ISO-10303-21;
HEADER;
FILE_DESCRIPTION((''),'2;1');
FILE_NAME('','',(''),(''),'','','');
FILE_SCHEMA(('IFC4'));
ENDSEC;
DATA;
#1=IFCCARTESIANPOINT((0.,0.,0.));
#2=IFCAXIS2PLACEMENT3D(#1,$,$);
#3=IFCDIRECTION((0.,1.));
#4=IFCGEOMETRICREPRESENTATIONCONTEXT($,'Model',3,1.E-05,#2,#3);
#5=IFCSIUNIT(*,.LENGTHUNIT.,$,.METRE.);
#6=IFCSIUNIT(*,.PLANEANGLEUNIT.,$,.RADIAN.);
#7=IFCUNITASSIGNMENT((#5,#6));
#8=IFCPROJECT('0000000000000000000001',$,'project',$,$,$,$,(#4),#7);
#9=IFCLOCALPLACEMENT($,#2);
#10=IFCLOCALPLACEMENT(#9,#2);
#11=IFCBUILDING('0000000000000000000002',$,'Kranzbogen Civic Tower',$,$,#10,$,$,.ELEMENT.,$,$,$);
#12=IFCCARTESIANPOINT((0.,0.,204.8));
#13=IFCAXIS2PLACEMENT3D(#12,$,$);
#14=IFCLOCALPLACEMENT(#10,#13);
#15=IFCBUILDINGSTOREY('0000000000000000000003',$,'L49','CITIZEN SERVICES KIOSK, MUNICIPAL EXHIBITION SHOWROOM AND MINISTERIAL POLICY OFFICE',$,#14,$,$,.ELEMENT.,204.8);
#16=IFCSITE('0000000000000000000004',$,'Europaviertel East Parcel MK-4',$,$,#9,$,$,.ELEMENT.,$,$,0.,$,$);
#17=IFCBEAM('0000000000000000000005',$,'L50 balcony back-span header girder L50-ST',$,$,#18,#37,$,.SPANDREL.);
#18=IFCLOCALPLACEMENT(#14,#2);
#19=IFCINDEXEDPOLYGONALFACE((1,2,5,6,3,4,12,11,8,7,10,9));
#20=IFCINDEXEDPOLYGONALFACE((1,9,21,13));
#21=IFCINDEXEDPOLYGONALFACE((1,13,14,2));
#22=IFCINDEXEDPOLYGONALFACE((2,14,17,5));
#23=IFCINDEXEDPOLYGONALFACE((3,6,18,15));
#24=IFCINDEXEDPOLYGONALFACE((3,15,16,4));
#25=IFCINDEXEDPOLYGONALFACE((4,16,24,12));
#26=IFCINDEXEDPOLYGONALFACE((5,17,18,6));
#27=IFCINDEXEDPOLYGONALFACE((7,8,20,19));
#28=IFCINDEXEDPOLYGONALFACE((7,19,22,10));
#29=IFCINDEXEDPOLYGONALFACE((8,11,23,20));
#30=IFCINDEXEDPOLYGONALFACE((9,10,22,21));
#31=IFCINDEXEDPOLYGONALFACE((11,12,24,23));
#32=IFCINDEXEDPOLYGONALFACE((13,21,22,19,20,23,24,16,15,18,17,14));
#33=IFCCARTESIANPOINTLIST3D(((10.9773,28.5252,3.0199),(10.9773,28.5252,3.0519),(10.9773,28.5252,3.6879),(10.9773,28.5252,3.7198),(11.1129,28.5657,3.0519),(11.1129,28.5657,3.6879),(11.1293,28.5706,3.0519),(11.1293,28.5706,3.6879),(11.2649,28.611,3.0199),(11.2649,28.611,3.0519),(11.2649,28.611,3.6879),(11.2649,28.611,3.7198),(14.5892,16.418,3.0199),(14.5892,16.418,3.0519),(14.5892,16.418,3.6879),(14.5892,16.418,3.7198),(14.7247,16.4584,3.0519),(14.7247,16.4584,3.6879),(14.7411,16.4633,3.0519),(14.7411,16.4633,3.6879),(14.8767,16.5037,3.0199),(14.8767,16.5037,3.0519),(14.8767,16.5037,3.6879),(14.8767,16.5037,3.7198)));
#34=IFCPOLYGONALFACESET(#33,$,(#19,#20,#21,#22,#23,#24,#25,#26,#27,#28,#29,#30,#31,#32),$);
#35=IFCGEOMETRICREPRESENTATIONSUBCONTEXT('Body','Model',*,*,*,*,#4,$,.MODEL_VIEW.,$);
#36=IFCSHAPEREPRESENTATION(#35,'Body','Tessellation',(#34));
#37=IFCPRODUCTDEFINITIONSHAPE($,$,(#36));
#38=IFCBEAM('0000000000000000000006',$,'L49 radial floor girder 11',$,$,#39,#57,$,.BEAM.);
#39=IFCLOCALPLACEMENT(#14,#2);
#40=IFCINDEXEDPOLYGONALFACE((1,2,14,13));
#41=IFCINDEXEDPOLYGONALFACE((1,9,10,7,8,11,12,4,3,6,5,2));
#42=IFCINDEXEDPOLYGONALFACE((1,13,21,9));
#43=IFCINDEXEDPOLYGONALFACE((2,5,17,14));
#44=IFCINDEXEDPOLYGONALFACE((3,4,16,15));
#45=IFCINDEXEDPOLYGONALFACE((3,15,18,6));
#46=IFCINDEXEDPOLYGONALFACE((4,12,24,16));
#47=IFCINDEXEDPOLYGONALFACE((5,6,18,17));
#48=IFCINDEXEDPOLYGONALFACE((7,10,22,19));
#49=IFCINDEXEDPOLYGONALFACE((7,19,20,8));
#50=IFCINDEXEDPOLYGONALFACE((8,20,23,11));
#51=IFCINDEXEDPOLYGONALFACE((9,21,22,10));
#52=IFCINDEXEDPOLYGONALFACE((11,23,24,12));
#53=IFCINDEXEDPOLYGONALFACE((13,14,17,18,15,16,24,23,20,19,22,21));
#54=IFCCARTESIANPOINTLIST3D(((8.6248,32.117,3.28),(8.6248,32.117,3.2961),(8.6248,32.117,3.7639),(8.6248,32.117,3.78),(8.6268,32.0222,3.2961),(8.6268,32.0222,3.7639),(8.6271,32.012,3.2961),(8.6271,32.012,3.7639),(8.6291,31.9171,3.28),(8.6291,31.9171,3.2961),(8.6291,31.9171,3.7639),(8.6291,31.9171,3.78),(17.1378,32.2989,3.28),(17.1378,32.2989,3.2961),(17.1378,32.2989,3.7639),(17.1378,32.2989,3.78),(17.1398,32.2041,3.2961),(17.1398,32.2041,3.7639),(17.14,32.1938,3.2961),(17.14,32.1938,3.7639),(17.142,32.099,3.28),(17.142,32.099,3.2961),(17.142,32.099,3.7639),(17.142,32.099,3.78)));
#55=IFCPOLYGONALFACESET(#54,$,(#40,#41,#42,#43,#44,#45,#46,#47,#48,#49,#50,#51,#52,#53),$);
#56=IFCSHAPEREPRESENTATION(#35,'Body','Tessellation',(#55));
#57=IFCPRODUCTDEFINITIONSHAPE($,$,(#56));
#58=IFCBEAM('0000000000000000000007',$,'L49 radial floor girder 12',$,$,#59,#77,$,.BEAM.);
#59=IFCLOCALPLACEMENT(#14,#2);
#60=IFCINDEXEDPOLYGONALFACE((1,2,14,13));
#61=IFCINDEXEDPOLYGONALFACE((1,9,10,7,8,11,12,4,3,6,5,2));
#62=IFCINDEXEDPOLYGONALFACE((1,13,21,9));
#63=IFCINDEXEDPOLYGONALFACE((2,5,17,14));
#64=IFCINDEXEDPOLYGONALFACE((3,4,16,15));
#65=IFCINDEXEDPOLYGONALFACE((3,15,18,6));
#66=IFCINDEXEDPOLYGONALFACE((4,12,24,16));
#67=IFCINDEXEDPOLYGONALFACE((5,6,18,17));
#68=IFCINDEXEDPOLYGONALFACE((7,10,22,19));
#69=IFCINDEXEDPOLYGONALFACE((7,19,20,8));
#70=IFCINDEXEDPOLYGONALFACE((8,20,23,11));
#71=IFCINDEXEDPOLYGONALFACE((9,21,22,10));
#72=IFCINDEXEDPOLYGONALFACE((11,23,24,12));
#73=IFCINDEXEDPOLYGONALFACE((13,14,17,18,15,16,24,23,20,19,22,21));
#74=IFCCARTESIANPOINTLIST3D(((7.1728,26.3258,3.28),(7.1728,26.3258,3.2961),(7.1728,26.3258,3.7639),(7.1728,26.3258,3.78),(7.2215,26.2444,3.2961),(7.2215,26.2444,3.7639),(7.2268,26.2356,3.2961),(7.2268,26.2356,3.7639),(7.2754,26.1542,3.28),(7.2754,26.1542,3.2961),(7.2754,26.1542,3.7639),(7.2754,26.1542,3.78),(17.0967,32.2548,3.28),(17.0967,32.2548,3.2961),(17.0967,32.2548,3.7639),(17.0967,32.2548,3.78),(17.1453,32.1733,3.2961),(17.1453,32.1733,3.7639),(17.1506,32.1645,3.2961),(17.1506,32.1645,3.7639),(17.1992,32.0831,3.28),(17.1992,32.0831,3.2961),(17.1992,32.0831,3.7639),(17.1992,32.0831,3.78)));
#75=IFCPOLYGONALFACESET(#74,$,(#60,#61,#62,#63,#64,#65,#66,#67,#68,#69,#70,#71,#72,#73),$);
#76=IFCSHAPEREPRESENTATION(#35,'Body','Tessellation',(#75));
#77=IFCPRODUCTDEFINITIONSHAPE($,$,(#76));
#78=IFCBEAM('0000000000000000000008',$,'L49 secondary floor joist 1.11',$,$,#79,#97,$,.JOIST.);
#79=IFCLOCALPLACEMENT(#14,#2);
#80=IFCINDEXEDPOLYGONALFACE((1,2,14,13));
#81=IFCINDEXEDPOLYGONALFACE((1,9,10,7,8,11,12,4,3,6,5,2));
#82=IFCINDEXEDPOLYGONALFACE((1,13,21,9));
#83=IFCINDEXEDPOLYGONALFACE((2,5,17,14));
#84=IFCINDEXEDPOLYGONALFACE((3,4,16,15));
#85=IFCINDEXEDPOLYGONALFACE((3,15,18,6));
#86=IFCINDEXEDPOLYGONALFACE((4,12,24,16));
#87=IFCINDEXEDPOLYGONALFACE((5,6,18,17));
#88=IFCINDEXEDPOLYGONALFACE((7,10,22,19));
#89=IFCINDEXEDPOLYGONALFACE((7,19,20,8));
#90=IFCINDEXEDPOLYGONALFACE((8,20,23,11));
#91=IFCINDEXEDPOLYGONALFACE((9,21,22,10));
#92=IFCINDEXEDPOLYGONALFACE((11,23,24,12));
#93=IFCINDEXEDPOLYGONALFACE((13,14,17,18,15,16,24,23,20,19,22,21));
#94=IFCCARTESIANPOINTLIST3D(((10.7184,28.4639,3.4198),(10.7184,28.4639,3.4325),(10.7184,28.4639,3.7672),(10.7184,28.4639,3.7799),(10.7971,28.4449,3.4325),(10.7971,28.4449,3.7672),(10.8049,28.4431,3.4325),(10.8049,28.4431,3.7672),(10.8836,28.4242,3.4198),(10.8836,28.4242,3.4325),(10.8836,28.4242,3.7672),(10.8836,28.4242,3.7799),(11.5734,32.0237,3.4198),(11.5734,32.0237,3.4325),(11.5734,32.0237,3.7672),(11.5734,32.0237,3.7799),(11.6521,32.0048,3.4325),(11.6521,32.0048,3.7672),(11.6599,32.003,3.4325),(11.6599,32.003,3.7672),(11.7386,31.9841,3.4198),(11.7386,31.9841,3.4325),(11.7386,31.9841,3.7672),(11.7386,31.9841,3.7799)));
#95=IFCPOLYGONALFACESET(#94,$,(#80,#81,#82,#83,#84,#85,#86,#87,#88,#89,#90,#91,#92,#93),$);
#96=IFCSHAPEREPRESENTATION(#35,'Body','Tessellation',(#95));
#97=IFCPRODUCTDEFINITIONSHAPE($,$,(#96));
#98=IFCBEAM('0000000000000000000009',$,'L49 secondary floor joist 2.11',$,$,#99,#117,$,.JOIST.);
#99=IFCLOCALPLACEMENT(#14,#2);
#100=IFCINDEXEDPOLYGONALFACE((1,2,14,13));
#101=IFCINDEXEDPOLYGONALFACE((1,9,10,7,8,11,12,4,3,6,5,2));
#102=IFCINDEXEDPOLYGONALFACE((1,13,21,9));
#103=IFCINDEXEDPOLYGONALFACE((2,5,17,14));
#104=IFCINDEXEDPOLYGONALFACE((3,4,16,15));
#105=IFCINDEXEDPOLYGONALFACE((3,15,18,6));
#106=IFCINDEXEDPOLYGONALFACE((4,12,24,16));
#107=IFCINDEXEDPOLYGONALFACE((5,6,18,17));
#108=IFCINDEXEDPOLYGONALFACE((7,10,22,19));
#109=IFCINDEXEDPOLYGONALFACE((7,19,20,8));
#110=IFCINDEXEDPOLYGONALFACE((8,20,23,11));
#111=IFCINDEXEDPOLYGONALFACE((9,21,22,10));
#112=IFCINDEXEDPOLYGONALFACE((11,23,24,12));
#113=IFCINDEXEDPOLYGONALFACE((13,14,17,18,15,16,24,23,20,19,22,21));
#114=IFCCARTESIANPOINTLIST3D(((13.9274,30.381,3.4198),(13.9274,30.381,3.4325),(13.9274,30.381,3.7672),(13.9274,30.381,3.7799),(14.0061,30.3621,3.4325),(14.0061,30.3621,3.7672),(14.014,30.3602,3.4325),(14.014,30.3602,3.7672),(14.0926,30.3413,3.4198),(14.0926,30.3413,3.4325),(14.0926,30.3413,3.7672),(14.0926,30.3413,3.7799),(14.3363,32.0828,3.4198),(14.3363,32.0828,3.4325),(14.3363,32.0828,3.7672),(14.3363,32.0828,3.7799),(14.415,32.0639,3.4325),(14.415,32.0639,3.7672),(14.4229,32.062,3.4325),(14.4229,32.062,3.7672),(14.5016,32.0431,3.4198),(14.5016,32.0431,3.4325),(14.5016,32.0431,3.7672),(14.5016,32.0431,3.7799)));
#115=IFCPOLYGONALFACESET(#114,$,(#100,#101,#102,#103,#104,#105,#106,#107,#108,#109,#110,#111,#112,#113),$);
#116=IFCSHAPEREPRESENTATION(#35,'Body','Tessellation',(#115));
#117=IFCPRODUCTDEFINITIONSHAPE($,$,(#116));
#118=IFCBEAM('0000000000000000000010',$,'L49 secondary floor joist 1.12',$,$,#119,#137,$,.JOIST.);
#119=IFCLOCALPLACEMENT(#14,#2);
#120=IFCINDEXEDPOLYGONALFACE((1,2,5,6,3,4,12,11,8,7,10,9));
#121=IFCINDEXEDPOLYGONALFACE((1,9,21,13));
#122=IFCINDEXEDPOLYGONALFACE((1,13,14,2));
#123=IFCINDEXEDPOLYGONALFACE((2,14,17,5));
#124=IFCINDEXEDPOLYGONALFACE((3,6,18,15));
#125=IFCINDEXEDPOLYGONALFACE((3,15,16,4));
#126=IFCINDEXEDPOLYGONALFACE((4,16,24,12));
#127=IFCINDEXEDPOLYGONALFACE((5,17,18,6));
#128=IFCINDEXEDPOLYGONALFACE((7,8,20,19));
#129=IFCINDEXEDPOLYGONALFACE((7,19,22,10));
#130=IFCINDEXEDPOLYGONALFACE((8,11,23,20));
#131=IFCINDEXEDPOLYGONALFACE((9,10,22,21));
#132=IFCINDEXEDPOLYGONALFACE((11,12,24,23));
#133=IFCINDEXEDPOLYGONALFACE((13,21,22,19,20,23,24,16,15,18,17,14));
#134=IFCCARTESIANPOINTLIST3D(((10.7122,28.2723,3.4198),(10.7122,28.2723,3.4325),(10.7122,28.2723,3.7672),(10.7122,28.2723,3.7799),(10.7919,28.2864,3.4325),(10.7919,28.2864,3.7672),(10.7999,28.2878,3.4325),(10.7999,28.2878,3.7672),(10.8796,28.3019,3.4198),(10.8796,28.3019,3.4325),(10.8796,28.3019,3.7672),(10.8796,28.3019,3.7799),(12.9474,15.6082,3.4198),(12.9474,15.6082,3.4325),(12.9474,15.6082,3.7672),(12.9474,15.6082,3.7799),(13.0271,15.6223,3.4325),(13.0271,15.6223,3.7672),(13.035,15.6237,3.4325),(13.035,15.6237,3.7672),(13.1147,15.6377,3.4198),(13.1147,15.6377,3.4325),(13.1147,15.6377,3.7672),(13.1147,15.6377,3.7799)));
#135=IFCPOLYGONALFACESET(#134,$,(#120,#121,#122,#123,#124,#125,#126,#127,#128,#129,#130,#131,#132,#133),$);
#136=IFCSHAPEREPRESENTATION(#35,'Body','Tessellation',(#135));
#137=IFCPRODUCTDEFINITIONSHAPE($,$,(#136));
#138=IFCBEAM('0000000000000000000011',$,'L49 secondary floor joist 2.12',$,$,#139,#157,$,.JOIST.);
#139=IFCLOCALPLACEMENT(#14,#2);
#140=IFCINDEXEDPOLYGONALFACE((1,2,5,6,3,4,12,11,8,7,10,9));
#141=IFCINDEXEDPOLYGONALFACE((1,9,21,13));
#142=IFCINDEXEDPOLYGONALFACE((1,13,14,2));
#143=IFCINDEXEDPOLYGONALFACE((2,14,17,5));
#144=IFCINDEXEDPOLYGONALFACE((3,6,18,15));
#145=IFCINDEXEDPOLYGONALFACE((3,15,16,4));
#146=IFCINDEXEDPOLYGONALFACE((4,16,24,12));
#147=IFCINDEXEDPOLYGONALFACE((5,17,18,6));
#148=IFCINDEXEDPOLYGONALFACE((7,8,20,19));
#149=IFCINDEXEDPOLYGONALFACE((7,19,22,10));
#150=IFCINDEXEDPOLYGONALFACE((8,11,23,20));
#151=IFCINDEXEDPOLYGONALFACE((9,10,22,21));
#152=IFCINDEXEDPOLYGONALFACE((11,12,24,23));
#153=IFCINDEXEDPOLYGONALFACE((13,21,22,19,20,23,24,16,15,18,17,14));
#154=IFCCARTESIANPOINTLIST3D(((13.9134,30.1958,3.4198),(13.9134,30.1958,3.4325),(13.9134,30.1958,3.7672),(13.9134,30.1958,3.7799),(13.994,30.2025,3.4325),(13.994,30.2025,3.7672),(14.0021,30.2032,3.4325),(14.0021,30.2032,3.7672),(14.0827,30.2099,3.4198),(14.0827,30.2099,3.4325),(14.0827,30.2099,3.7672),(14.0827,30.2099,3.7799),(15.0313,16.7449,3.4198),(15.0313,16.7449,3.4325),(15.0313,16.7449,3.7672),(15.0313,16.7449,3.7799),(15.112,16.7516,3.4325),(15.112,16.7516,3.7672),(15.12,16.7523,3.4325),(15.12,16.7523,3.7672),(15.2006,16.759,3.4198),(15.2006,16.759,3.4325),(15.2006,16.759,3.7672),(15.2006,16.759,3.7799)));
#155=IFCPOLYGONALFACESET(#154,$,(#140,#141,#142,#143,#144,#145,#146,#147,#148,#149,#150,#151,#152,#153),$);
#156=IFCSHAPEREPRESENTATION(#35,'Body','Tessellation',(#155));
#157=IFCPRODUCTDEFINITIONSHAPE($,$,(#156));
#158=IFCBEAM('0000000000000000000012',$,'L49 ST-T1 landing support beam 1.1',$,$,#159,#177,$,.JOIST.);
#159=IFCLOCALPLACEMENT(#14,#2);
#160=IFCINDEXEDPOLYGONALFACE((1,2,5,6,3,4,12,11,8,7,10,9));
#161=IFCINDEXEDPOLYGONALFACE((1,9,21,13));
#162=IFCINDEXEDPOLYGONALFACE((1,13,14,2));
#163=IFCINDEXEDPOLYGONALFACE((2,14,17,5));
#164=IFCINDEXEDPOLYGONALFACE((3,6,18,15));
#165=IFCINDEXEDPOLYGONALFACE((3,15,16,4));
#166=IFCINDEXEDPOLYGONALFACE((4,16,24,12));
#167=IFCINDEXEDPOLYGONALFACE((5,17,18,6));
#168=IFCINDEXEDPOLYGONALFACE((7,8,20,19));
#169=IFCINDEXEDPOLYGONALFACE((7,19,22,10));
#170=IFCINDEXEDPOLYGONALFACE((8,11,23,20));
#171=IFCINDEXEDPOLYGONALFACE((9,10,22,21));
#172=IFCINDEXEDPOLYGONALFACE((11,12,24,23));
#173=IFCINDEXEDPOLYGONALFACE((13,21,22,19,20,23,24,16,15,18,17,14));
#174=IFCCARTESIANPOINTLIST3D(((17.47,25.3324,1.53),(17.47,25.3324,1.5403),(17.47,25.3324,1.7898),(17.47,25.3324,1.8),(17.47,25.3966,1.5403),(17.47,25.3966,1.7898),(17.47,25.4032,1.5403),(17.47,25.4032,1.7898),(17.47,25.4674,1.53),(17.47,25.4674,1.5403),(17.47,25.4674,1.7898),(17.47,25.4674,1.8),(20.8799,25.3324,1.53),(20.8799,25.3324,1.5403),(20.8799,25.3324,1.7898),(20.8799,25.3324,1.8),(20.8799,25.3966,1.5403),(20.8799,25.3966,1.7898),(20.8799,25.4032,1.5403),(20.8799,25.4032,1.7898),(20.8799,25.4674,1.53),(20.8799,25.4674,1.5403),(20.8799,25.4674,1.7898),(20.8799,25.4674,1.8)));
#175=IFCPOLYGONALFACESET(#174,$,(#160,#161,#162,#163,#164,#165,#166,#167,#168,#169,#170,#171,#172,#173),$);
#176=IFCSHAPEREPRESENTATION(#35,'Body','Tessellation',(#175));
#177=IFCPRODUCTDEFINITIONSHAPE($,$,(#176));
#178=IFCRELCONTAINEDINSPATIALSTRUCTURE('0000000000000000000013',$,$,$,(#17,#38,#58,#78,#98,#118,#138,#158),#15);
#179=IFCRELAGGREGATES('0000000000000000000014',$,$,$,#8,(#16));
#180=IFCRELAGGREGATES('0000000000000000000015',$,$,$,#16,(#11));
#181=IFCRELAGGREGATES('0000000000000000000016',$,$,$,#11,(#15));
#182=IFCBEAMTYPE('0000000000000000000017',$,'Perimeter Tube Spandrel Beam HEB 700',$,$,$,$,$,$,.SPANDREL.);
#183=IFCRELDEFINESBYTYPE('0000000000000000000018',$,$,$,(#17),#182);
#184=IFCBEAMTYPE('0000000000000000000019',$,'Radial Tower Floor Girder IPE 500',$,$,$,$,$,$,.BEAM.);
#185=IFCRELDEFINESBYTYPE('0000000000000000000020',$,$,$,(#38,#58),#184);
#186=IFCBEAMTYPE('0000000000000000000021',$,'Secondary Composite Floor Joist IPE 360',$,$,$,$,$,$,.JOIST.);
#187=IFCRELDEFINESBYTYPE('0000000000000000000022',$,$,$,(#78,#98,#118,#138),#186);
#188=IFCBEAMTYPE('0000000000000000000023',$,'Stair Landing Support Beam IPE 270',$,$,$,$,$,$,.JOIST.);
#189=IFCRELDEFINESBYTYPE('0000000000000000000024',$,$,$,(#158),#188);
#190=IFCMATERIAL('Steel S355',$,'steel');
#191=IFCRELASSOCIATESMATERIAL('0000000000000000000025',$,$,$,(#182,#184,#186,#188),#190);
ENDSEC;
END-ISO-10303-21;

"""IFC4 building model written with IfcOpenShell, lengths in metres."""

from ifc_helpers import new_model, si_unit, direction, frame, origin, origin_2d, place, context, subcontext, project, spatial, i_section, extrude, material, material_profile, profile_set, type_object, element, save


model = new_model("IFC4")

# Units and contexts
model_context = context("Model", 3, precision=1e-05, world=origin(), true_north=direction((0.0, 1.0)))
body_context = subcontext(model_context, "Body", "Model", "MODEL_VIEW")
ifc_project = project(units=[si_unit("LENGTHUNIT", "METRE"), si_unit("PLANEANGLEUNIT", "RADIAN")], contexts=[model_context])

# Site, building, storey
site_placement = place(None, origin())
site = spatial("IfcSite", under=ifc_project, at=site_placement, Name="Europaviertel East Parcel MK-4", CompositionType="ELEMENT", RefElevation=0.0)
building_placement = place(site_placement, origin())
building = spatial("IfcBuilding", under=site, at=building_placement, Name="Kranzbogen Civic Tower", CompositionType="ELEMENT")
storey_placement = place(building_placement, frame((0.0, 0.0, 204.8)))
storey = spatial("IfcBuildingStorey", under=building, at=storey_placement, Name="L49", Description="CITIZEN SERVICES KIOSK, MUNICIPAL EXHIBITION SHOWROOM AND MINISTERIAL POLICY OFFICE", CompositionType="ELEMENT", Elevation=204.8)

# Shared definitions
ifc_material_1 = material(Name="Steel S355", Category="steel")

# Beams
ifc_material_profile_1 = material_profile(ifc_material_1, i_section(OverallWidth=0.3, OverallDepth=0.7, WebThickness=0.0171, FlangeThickness=0.032, at=origin_2d()), Name="HEB 700")
ifc_profile_set_1 = profile_set([ifc_material_profile_1], Name="Steel S355")
beam_type_1 = type_object("IfcBeamType", Name="Perimeter Tube Spandrel Beam HEB 700", PredefinedType="SPANDREL", material=ifc_profile_set_1)
beam_1_placement = place(storey_placement, frame((11.1211, 28.5681, 3.3699), z_axis=(0.285871, -0.958268, 0.0), x_axis=(0.958268, 0.285871, 0.0)))
element("IfcBeam", 1, at=beam_1_placement, inside=storey, type_object=beam_type_1, Name="L50 balcony back-span header girder L50-ST", PredefinedType="SPANDREL", context=body_context, shape_type="SweptSolid", body=[
    extrude(i_section(OverallWidth=0.3, OverallDepth=0.7, WebThickness=0.0171, FlangeThickness=0.032, at=origin_2d()), origin(), (0.0, 0.0, 1.0), 12.6345),
])
ifc_material_profile_2 = material_profile(ifc_material_1, i_section(OverallWidth=0.2, OverallDepth=0.5, WebThickness=0.0103, FlangeThickness=0.0161, at=origin_2d()), Name="IPE 500")
ifc_profile_set_2 = profile_set([ifc_material_profile_2], Name="Steel S355")
beam_type_2 = type_object("IfcBeamType", Name="Radial Tower Floor Girder IPE 500", PredefinedType="BEAM", material=ifc_profile_set_2)
beam_2_placement = place(storey_placement, frame((8.627, 32.0171, 3.53), z_axis=(0.999772, 0.021361, 0.0), x_axis=(-0.021361, 0.999772, 0.0)))
element("IfcBeam", 2, at=beam_2_placement, inside=storey, type_object=beam_type_2, Name="L49 radial floor girder 11", PredefinedType="BEAM", context=body_context, shape_type="SweptSolid", body=[
    extrude(i_section(OverallWidth=0.2, OverallDepth=0.5, WebThickness=0.0103, FlangeThickness=0.0161, at=origin_2d()), origin(), (0.0, 0.0, 1.0), 8.5149),
])
beam_3_placement = place(storey_placement, frame((7.2241, 26.24, 3.53), z_axis=(0.858459, 0.512883, 0.0), x_axis=(-0.512883, 0.858459, 0.0)))
element("IfcBeam", 3, at=beam_3_placement, inside=storey, type_object=beam_type_2, Name="L49 radial floor girder 12", PredefinedType="BEAM", context=body_context, shape_type="SweptSolid", body=[
    extrude(i_section(OverallWidth=0.2, OverallDepth=0.5, WebThickness=0.0103, FlangeThickness=0.0161, at=origin_2d()), origin(), (0.0, 0.0, 1.0), 11.5601),
])
ifc_material_profile_3 = material_profile(ifc_material_1, i_section(OverallWidth=0.1699, OverallDepth=0.3601, WebThickness=0.0081, FlangeThickness=0.0127, at=origin_2d()), Name="IPE 360")
ifc_profile_set_3 = profile_set([ifc_material_profile_3], Name="Steel S355")
beam_type_3 = type_object("IfcBeamType", Name="Secondary Composite Floor Joist IPE 360", PredefinedType="JOIST", material=ifc_profile_set_3)
beam_4_placement = place(storey_placement, frame((11.656, 32.0039, 3.5999), z_axis=(-0.233534, -0.972349, 0.0), x_axis=(0.972349, -0.233534, 0.0)))
element("IfcBeam", 4, at=beam_4_placement, inside=storey, type_object=beam_type_3, Name="L49 secondary floor joist 1.11", PredefinedType="JOIST", context=body_context, shape_type="SweptSolid", body=[
    extrude(i_section(OverallWidth=0.1699, OverallDepth=0.3601, WebThickness=0.0081, FlangeThickness=0.0127, at=origin_2d()), origin(), (0.0, 0.0, 1.0), 3.6611),
])
beam_5_placement = place(storey_placement, frame((14.4189, 32.063, 3.5999), z_axis=(-0.233631, -0.972325, 0.0), x_axis=(0.972325, -0.233631, 0.0)))
element("IfcBeam", 5, at=beam_5_placement, inside=storey, type_object=beam_type_3, Name="L49 secondary floor joist 2.11", PredefinedType="JOIST", context=body_context, shape_type="SweptSolid", body=[
    extrude(i_section(OverallWidth=0.1699, OverallDepth=0.3601, WebThickness=0.0081, FlangeThickness=0.0127, at=origin_2d()), origin(), (0.0, 0.0, 1.0), 1.7502),
])
beam_6_placement = place(storey_placement, frame((10.7959, 28.2871, 3.5999), z_axis=(0.173806, -0.98478, 0.0), x_axis=(0.98478, 0.173806, 0.0)))
element("IfcBeam", 6, at=beam_6_placement, inside=storey, type_object=beam_type_3, Name="L49 secondary floor joist 1.12", PredefinedType="JOIST", context=body_context, shape_type="SweptSolid", body=[
    extrude(i_section(OverallWidth=0.1699, OverallDepth=0.3601, WebThickness=0.0081, FlangeThickness=0.0127, at=origin_2d()), origin(), (0.0, 0.0, 1.0), 12.8599),
])
beam_7_placement = place(storey_placement, frame((13.998, 30.2029, 3.5999), z_axis=(0.082825, -0.996564, 0.0), x_axis=(0.996564, 0.082825, 0.0)))
element("IfcBeam", 7, at=beam_7_placement, inside=storey, type_object=beam_type_3, Name="L49 secondary floor joist 2.12", PredefinedType="JOIST", context=body_context, shape_type="SweptSolid", body=[
    extrude(i_section(OverallWidth=0.1699, OverallDepth=0.3601, WebThickness=0.0081, FlangeThickness=0.0127, at=origin_2d()), origin(), (0.0, 0.0, 1.0), 13.4973),
])
ifc_material_profile_4 = material_profile(ifc_material_1, i_section(OverallWidth=0.135, OverallDepth=0.27, WebThickness=0.0066, FlangeThickness=0.0103, at=origin_2d()), Name="IPE 270")
ifc_profile_set_4 = profile_set([ifc_material_profile_4], Name="Steel S355")
beam_type_4 = type_object("IfcBeamType", Name="Stair Landing Support Beam IPE 270", PredefinedType="JOIST", material=ifc_profile_set_4)
for number, where, z_axis, x_axis, name in (
    (8, (20.8799, 25.3999, 1.665), (-1.0, 0.0, 0.0), (0.0, -1.0, 0.0), "L49 ST-T1 landing support beam 1.1"),
):
    element("IfcBeam", number, at=place(storey_placement, frame(where, z_axis=z_axis, x_axis=x_axis)), inside=storey, type_object=beam_type_4, Name=name, PredefinedType="JOIST", context=body_context, shape_type="SweptSolid", body=[
        extrude(i_section(OverallWidth=0.135, OverallDepth=0.27, WebThickness=0.0066, FlangeThickness=0.0103, at=origin_2d()), origin(), (0.0, 0.0, 1.0), 3.4099),
    ])

save(model, "model.ifc")
